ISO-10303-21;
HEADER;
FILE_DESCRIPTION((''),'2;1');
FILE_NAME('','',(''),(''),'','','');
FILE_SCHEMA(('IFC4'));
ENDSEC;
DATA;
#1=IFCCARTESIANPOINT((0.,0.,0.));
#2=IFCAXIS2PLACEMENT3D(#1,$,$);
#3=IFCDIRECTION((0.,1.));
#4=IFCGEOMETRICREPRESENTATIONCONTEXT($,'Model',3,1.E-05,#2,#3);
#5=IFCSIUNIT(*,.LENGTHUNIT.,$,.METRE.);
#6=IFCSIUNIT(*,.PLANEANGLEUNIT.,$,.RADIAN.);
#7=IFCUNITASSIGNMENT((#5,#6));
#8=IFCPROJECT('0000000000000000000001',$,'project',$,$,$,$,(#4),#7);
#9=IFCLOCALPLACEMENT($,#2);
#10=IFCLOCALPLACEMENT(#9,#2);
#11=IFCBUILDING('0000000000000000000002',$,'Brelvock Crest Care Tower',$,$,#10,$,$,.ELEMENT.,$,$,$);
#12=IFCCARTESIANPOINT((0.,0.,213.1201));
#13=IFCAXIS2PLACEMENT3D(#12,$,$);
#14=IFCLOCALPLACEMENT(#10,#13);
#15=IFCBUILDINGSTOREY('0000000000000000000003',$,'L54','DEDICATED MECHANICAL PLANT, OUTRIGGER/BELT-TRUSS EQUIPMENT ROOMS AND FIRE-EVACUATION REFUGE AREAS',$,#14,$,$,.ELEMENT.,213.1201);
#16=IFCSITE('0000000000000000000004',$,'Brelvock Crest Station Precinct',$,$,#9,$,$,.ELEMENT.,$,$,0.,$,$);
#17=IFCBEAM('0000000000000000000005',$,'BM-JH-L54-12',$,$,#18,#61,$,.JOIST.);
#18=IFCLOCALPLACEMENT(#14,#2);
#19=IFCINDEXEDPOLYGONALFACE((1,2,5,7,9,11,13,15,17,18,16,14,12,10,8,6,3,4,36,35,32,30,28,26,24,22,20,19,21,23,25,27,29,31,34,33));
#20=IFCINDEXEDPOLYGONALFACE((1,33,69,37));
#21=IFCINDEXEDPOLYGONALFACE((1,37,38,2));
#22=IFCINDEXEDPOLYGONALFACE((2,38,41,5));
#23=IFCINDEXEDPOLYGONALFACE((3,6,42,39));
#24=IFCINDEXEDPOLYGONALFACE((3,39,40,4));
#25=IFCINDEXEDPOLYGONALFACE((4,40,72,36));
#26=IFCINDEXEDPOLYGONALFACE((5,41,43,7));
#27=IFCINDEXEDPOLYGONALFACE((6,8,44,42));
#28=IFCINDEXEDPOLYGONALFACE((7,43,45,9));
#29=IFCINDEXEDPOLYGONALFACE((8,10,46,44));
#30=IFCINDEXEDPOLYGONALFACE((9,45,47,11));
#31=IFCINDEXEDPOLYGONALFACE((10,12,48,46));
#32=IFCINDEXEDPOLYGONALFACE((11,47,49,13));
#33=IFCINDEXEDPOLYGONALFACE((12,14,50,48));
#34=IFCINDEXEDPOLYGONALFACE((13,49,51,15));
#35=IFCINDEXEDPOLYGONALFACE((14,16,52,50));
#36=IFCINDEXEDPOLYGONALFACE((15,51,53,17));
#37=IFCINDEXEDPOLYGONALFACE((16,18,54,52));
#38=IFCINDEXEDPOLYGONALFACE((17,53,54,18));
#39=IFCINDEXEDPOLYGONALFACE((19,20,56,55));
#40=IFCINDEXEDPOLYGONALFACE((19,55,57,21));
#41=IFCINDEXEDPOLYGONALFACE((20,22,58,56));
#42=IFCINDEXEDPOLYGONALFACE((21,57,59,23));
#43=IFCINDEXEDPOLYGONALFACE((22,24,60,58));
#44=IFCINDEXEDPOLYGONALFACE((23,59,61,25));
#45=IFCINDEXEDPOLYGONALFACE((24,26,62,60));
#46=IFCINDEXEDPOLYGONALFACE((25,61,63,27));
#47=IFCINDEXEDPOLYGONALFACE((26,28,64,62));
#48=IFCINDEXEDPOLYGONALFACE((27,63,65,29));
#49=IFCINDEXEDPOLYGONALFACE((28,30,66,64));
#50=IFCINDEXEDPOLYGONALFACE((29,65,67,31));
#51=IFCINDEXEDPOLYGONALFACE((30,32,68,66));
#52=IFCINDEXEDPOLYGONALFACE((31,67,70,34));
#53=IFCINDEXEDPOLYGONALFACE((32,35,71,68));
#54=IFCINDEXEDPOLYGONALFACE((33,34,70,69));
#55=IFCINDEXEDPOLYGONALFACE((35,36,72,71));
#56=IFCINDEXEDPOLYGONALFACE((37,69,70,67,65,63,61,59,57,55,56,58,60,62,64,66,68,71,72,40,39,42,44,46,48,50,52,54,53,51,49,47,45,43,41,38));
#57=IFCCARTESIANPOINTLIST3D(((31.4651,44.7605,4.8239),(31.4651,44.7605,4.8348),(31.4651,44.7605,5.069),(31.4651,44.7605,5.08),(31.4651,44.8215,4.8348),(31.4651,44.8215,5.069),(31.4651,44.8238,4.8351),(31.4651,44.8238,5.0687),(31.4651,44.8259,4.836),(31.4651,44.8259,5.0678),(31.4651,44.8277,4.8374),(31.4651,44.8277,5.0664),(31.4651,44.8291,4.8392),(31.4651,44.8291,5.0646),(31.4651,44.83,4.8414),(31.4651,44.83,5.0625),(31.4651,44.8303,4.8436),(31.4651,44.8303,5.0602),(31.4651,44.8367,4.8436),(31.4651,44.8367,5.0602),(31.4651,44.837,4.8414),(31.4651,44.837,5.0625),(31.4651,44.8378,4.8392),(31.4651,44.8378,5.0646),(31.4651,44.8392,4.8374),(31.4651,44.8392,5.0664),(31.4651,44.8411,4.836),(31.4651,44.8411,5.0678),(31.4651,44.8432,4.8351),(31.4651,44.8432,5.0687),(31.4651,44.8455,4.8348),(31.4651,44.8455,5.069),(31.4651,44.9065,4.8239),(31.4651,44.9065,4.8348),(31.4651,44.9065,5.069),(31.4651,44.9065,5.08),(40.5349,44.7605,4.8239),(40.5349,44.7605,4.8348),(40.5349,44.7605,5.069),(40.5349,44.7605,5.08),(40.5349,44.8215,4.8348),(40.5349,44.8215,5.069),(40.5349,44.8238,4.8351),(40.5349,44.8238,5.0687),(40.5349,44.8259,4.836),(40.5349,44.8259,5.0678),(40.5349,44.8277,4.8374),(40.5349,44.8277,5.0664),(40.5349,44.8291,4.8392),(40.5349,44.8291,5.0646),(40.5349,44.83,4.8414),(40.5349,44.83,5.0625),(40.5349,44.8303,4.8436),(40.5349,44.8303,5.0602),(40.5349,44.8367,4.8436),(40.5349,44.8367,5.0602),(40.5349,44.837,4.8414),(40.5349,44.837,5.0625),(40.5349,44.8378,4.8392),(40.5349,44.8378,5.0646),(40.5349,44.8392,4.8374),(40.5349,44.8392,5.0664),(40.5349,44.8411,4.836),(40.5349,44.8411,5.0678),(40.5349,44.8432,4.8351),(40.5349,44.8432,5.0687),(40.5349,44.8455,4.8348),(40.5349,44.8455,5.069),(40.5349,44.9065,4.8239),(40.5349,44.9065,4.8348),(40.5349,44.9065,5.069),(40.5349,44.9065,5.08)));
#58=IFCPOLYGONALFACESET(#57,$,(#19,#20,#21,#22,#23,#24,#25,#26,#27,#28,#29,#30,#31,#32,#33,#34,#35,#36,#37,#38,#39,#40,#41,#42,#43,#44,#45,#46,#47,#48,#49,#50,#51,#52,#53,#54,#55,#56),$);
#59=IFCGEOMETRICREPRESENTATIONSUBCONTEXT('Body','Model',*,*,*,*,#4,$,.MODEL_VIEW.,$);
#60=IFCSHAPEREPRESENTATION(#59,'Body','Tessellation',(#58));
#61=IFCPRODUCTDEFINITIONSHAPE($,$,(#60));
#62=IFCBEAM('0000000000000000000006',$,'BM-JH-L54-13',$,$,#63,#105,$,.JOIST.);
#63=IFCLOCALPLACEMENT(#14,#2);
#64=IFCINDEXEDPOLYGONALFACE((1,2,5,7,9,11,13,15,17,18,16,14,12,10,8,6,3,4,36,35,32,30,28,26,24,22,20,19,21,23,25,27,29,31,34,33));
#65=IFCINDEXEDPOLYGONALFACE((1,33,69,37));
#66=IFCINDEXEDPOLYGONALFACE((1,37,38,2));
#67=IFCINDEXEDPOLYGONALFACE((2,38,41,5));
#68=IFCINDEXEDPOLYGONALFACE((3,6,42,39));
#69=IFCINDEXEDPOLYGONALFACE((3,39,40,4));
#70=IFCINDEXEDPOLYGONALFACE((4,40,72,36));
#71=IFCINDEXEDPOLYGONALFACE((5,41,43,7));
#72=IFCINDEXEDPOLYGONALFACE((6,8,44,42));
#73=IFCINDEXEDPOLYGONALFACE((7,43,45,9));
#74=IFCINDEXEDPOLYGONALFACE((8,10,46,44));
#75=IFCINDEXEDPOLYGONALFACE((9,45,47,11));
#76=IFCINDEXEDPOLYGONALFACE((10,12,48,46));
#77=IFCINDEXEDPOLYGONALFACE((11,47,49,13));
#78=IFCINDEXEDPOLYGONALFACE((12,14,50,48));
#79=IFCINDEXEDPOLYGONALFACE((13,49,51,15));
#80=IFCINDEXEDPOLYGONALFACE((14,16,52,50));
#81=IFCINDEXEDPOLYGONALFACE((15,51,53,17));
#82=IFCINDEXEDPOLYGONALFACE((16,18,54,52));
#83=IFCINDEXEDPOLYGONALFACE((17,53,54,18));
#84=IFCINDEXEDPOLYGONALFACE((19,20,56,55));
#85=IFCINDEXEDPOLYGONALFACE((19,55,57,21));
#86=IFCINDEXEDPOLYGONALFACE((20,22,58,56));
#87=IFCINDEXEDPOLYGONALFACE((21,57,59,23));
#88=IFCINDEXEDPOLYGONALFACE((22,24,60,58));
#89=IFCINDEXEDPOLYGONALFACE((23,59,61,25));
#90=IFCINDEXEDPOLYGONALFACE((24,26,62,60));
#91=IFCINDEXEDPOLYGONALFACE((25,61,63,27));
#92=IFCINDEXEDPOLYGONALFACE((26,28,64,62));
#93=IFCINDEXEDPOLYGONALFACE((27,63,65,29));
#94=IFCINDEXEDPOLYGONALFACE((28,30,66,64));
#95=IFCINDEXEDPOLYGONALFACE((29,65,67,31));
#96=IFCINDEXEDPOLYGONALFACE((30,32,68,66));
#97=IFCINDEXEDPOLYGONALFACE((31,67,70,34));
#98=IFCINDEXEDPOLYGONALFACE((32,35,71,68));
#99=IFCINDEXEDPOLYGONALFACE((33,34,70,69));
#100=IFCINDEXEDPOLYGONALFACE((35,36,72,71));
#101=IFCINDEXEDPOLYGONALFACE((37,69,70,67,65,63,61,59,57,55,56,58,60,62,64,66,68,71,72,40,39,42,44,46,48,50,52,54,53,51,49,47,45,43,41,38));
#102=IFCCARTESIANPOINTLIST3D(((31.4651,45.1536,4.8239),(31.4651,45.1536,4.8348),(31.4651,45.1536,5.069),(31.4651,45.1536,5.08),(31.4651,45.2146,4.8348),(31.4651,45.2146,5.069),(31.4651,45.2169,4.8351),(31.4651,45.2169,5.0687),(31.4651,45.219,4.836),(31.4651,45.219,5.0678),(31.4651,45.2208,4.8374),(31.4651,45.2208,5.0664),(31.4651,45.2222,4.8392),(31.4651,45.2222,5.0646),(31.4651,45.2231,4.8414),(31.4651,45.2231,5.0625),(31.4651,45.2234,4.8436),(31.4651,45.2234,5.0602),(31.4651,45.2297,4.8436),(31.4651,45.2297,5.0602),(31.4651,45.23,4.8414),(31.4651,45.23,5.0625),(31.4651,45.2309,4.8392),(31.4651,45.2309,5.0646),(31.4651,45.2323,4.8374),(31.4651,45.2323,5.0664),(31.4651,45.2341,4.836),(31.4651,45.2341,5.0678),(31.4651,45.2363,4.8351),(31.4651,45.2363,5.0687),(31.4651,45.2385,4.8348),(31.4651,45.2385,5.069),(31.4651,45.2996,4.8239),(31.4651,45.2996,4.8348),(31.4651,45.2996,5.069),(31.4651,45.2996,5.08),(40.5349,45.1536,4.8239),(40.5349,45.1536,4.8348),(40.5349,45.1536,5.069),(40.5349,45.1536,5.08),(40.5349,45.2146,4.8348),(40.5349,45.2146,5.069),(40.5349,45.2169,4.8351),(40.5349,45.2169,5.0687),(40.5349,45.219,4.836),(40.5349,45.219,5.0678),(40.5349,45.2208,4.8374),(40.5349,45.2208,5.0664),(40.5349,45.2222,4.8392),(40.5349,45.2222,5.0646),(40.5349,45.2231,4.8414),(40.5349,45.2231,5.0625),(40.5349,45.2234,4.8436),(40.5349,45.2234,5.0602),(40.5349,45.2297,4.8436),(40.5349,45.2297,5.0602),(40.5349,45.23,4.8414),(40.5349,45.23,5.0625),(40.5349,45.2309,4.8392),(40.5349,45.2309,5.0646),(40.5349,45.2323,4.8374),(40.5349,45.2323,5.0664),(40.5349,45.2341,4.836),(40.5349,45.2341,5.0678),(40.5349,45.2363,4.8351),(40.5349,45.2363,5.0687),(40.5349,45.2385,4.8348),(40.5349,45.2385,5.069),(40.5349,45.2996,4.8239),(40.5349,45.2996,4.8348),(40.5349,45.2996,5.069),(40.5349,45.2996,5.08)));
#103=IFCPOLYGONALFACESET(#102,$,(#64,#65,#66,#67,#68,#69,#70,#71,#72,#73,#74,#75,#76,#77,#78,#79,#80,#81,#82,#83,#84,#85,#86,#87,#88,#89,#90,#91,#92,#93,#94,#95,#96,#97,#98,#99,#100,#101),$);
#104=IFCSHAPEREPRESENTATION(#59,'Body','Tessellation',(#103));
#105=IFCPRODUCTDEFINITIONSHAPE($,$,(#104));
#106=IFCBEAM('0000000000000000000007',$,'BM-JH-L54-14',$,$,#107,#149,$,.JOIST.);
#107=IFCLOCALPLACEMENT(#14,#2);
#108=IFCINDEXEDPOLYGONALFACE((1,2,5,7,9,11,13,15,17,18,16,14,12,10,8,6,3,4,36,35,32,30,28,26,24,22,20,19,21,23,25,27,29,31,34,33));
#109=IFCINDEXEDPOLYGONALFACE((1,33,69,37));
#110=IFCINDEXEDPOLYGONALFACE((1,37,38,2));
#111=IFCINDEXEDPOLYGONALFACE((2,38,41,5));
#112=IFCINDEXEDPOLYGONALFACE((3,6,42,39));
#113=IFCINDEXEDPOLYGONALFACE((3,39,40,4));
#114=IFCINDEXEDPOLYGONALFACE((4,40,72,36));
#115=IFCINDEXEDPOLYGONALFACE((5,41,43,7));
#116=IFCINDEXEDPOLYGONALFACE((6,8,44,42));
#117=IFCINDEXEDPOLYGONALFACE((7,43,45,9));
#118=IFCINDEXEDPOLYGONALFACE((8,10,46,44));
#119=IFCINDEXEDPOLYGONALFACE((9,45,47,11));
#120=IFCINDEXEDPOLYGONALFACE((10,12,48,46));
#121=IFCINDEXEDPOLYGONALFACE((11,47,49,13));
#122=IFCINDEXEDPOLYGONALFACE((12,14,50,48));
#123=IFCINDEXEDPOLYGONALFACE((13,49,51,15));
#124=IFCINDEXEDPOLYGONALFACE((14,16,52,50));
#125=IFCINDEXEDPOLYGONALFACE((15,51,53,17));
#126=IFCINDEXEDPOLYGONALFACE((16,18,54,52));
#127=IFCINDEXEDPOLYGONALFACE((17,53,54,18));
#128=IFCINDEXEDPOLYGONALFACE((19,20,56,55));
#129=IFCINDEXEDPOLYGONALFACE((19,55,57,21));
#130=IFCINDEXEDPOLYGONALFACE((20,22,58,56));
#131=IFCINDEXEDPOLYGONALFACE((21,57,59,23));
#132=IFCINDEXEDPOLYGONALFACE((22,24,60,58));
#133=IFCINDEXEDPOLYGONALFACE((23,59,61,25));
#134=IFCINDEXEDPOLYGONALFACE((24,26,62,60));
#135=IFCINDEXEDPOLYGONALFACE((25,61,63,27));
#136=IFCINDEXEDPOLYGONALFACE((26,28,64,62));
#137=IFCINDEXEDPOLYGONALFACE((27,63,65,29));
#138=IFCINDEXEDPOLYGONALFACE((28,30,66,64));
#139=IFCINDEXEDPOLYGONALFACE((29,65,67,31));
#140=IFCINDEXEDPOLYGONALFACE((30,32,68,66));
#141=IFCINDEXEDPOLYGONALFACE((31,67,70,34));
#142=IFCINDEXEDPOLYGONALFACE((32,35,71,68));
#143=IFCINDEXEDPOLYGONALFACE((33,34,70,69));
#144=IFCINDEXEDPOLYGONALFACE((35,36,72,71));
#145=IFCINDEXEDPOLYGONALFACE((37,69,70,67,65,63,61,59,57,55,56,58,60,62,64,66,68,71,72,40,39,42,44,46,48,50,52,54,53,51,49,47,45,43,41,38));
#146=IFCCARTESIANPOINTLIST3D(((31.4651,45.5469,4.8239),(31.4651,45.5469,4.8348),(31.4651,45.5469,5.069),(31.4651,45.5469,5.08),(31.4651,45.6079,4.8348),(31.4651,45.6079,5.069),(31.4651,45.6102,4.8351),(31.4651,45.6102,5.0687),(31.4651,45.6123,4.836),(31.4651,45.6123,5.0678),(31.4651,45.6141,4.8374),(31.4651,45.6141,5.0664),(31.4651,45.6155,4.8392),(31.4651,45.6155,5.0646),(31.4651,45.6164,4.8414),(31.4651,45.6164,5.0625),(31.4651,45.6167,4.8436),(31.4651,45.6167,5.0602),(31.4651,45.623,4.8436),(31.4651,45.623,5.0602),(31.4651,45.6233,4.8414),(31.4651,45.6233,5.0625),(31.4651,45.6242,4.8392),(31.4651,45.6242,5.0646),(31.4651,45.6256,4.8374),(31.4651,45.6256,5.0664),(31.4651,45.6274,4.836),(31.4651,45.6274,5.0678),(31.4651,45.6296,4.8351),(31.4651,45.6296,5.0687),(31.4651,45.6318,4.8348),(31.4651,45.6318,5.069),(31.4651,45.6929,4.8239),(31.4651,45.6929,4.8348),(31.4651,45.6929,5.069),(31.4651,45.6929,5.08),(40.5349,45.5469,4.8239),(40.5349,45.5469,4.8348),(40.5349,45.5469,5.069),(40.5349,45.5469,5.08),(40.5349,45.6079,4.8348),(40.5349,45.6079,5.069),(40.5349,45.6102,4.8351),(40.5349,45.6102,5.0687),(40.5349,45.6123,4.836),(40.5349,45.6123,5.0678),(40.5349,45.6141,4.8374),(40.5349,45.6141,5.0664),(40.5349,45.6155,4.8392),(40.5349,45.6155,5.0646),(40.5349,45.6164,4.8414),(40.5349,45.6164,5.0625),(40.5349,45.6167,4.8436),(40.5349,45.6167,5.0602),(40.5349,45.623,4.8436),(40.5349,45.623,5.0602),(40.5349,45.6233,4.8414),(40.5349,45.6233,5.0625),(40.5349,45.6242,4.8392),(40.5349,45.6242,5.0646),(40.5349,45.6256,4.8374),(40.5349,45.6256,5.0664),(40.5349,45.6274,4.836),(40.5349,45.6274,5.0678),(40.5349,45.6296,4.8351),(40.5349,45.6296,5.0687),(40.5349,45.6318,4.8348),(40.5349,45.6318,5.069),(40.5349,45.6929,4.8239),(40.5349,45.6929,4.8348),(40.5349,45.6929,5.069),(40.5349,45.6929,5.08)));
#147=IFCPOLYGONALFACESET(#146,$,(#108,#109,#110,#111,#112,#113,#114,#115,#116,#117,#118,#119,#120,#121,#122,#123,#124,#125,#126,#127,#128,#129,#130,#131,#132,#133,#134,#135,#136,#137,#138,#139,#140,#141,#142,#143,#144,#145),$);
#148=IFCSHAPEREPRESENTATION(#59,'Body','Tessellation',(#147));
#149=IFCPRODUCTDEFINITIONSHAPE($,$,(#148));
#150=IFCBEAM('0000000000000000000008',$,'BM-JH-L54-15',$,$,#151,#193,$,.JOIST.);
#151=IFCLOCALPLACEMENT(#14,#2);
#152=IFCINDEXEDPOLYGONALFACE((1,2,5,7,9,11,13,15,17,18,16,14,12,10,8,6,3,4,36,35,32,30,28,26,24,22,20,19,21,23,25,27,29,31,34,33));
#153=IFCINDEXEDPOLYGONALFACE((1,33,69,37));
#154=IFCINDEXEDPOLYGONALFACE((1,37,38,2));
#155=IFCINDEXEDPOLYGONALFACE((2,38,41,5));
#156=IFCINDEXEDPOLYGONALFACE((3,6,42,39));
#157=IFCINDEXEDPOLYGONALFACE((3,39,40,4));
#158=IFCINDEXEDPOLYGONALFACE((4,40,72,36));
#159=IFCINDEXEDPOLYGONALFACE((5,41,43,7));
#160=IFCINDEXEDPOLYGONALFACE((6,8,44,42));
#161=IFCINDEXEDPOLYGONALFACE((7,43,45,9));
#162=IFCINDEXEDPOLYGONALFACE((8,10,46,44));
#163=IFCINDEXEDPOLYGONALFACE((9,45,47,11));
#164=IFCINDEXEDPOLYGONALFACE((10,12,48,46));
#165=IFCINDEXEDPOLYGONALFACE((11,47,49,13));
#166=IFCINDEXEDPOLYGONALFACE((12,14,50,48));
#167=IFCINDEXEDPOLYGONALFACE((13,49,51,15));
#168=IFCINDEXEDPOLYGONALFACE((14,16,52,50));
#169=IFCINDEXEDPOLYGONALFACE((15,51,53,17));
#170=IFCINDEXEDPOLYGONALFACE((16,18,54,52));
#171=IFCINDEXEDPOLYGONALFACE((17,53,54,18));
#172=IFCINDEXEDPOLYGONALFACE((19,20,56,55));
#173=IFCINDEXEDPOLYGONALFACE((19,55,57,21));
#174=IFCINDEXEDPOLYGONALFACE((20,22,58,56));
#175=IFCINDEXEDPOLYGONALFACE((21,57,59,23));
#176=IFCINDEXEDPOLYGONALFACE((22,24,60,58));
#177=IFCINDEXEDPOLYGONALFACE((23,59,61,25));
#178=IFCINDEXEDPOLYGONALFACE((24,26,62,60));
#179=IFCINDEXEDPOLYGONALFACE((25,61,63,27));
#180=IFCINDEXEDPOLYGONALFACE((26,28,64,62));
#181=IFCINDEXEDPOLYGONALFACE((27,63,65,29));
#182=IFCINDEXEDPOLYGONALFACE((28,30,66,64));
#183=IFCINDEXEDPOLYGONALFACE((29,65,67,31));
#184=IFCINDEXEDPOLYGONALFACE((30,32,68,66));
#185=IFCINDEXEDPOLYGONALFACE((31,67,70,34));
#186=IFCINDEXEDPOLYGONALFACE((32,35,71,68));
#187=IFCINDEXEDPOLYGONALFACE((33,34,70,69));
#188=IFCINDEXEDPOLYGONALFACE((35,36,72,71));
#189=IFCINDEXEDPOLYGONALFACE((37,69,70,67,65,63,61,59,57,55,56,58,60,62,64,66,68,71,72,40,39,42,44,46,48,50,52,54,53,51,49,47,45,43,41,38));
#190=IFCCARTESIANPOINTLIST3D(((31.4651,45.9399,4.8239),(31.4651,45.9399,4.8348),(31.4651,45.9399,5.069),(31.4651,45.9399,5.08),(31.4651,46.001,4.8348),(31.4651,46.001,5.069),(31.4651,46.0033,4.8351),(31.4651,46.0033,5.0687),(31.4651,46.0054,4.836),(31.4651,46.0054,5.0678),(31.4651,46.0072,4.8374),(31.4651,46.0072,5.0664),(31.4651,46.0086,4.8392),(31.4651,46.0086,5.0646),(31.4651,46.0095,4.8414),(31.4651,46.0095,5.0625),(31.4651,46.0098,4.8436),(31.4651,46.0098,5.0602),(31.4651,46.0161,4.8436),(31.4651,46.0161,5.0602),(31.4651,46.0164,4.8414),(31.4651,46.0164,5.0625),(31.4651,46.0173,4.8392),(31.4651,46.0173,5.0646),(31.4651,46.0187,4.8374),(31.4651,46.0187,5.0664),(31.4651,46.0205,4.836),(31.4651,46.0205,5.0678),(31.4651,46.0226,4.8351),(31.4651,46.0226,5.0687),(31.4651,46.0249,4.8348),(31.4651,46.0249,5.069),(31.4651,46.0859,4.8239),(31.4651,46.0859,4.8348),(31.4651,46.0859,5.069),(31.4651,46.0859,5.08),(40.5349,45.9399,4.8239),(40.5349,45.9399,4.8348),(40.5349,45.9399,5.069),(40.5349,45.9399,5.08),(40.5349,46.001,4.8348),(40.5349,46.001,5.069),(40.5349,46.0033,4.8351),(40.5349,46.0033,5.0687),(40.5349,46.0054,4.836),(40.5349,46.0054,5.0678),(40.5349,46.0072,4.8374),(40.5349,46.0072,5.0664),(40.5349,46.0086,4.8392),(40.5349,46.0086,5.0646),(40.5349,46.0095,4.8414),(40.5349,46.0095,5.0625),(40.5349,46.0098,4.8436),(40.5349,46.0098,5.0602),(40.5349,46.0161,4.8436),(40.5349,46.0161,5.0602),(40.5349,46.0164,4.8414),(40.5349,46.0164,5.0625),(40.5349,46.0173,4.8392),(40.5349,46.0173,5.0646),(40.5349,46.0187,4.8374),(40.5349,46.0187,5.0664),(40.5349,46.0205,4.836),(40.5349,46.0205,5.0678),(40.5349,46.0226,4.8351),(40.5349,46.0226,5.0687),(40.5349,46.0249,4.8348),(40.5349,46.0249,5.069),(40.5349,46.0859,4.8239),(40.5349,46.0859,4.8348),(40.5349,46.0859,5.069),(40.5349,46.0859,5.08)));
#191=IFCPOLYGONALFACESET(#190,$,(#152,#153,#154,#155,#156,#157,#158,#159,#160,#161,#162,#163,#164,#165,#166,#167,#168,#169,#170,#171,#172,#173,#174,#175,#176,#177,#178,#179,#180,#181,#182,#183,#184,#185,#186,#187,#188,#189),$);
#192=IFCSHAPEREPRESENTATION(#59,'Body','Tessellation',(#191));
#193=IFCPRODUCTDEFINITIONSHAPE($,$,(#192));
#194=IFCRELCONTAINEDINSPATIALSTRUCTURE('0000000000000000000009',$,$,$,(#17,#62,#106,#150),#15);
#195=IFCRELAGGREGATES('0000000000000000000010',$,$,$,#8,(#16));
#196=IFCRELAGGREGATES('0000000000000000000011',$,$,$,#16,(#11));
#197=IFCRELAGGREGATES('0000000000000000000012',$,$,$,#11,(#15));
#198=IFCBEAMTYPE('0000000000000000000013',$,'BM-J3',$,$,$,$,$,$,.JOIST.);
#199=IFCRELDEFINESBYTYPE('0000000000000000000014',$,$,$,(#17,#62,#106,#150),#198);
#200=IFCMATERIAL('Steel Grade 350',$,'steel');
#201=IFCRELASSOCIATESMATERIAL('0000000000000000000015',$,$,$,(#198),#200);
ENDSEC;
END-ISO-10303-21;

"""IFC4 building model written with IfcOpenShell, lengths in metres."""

from ifc_helpers import new_model, si_unit, direction, frame, origin, origin_2d, place, context, subcontext, project, spatial, i_section, extrude, source, transform, mapped, material, material_profile, profile_set, type_object, element, save


model = new_model("IFC4")

# Units and contexts
model_context = context("Model", 3, precision=1e-05, world=origin(), true_north=direction((0.0, 1.0)))
body_context = subcontext(model_context, "Body", "Model", "MODEL_VIEW")
ifc_project = project(units=[si_unit("LENGTHUNIT", "METRE"), si_unit("PLANEANGLEUNIT", "RADIAN")], contexts=[model_context])

# Site, building, storey
site_placement = place(None, origin())
site = spatial("IfcSite", under=ifc_project, at=site_placement, Name="Brelvock Crest Station Precinct", CompositionType="ELEMENT", RefElevation=0.0)
building_placement = place(site_placement, origin())
building = spatial("IfcBuilding", under=site, at=building_placement, Name="Brelvock Crest Care Tower", CompositionType="ELEMENT")
storey_placement = place(building_placement, frame((0.0, 0.0, 213.1201)))
storey = spatial("IfcBuildingStorey", under=building, at=storey_placement, Name="L54", Description="DEDICATED MECHANICAL PLANT, OUTRIGGER/BELT-TRUSS EQUIPMENT ROOMS AND FIRE-EVACUATION REFUGE AREAS", CompositionType="ELEMENT", Elevation=213.1201)

# Shared definitions
ifc_material = material(Name="Steel Grade 350", Category="steel")

# Beams
ifc_material_profile_1 = material_profile(ifc_material, i_section(OverallWidth=0.146, OverallDepth=0.2561, WebThickness=0.0063, FlangeThickness=0.011, FilletRadius=0.0088, at=origin_2d()), Name="250UB37.3")
ifc_profile_set_1 = profile_set([ifc_material_profile_1], Name="Steel Grade 350")
beam_type_1 = type_object("IfcBeamType", Name="BM-J3", PredefinedType="JOIST", material=ifc_profile_set_1)
shared_shape_1 = source(origin(), body_context, "Body", "SweptSolid", [
    extrude(i_section(OverallWidth=0.146, OverallDepth=0.2561, WebThickness=0.0063, FlangeThickness=0.011, FilletRadius=0.0088, at=origin_2d()), origin(), (0.0, 0.0, 1.0), 9.0698),
])
for number, where, z_axis, x_axis, name in (
    (1, (31.4651, 44.8335, 4.9519), (1.0, 0.0, 0.0), (0.0, 1.0, 0.0), "BM-JH-L54-12"),
    (2, (31.4651, 45.2266, 4.9519), (1.0, 0.0, 0.0), (0.0, 1.0, 0.0), "BM-JH-L54-13"),
    (3, (31.4651, 45.6199, 4.9519), (1.0, 0.0, 0.0), (0.0, 1.0, 0.0), "BM-JH-L54-14"),
    (4, (31.4651, 46.0129, 4.9519), (1.0, 0.0, 0.0), (0.0, 1.0, 0.0), "BM-JH-L54-15"),
):
    element("IfcBeam", number, at=place(storey_placement, frame(where, z_axis=z_axis, x_axis=x_axis)), inside=storey, type_object=beam_type_1, Name=name, PredefinedType="JOIST", context=body_context, shape_type="MappedRepresentation", body=[
        mapped(shared_shape_1, transform((0.0, 0.0, 0.0), x_axis=(1.0, 0.0, 0.0), y_axis=(0.0, 1.0, 0.0), z_axis=(0.0, 0.0, 1.0), scale=1.0)),
    ])

save(model, "model.ifc")
